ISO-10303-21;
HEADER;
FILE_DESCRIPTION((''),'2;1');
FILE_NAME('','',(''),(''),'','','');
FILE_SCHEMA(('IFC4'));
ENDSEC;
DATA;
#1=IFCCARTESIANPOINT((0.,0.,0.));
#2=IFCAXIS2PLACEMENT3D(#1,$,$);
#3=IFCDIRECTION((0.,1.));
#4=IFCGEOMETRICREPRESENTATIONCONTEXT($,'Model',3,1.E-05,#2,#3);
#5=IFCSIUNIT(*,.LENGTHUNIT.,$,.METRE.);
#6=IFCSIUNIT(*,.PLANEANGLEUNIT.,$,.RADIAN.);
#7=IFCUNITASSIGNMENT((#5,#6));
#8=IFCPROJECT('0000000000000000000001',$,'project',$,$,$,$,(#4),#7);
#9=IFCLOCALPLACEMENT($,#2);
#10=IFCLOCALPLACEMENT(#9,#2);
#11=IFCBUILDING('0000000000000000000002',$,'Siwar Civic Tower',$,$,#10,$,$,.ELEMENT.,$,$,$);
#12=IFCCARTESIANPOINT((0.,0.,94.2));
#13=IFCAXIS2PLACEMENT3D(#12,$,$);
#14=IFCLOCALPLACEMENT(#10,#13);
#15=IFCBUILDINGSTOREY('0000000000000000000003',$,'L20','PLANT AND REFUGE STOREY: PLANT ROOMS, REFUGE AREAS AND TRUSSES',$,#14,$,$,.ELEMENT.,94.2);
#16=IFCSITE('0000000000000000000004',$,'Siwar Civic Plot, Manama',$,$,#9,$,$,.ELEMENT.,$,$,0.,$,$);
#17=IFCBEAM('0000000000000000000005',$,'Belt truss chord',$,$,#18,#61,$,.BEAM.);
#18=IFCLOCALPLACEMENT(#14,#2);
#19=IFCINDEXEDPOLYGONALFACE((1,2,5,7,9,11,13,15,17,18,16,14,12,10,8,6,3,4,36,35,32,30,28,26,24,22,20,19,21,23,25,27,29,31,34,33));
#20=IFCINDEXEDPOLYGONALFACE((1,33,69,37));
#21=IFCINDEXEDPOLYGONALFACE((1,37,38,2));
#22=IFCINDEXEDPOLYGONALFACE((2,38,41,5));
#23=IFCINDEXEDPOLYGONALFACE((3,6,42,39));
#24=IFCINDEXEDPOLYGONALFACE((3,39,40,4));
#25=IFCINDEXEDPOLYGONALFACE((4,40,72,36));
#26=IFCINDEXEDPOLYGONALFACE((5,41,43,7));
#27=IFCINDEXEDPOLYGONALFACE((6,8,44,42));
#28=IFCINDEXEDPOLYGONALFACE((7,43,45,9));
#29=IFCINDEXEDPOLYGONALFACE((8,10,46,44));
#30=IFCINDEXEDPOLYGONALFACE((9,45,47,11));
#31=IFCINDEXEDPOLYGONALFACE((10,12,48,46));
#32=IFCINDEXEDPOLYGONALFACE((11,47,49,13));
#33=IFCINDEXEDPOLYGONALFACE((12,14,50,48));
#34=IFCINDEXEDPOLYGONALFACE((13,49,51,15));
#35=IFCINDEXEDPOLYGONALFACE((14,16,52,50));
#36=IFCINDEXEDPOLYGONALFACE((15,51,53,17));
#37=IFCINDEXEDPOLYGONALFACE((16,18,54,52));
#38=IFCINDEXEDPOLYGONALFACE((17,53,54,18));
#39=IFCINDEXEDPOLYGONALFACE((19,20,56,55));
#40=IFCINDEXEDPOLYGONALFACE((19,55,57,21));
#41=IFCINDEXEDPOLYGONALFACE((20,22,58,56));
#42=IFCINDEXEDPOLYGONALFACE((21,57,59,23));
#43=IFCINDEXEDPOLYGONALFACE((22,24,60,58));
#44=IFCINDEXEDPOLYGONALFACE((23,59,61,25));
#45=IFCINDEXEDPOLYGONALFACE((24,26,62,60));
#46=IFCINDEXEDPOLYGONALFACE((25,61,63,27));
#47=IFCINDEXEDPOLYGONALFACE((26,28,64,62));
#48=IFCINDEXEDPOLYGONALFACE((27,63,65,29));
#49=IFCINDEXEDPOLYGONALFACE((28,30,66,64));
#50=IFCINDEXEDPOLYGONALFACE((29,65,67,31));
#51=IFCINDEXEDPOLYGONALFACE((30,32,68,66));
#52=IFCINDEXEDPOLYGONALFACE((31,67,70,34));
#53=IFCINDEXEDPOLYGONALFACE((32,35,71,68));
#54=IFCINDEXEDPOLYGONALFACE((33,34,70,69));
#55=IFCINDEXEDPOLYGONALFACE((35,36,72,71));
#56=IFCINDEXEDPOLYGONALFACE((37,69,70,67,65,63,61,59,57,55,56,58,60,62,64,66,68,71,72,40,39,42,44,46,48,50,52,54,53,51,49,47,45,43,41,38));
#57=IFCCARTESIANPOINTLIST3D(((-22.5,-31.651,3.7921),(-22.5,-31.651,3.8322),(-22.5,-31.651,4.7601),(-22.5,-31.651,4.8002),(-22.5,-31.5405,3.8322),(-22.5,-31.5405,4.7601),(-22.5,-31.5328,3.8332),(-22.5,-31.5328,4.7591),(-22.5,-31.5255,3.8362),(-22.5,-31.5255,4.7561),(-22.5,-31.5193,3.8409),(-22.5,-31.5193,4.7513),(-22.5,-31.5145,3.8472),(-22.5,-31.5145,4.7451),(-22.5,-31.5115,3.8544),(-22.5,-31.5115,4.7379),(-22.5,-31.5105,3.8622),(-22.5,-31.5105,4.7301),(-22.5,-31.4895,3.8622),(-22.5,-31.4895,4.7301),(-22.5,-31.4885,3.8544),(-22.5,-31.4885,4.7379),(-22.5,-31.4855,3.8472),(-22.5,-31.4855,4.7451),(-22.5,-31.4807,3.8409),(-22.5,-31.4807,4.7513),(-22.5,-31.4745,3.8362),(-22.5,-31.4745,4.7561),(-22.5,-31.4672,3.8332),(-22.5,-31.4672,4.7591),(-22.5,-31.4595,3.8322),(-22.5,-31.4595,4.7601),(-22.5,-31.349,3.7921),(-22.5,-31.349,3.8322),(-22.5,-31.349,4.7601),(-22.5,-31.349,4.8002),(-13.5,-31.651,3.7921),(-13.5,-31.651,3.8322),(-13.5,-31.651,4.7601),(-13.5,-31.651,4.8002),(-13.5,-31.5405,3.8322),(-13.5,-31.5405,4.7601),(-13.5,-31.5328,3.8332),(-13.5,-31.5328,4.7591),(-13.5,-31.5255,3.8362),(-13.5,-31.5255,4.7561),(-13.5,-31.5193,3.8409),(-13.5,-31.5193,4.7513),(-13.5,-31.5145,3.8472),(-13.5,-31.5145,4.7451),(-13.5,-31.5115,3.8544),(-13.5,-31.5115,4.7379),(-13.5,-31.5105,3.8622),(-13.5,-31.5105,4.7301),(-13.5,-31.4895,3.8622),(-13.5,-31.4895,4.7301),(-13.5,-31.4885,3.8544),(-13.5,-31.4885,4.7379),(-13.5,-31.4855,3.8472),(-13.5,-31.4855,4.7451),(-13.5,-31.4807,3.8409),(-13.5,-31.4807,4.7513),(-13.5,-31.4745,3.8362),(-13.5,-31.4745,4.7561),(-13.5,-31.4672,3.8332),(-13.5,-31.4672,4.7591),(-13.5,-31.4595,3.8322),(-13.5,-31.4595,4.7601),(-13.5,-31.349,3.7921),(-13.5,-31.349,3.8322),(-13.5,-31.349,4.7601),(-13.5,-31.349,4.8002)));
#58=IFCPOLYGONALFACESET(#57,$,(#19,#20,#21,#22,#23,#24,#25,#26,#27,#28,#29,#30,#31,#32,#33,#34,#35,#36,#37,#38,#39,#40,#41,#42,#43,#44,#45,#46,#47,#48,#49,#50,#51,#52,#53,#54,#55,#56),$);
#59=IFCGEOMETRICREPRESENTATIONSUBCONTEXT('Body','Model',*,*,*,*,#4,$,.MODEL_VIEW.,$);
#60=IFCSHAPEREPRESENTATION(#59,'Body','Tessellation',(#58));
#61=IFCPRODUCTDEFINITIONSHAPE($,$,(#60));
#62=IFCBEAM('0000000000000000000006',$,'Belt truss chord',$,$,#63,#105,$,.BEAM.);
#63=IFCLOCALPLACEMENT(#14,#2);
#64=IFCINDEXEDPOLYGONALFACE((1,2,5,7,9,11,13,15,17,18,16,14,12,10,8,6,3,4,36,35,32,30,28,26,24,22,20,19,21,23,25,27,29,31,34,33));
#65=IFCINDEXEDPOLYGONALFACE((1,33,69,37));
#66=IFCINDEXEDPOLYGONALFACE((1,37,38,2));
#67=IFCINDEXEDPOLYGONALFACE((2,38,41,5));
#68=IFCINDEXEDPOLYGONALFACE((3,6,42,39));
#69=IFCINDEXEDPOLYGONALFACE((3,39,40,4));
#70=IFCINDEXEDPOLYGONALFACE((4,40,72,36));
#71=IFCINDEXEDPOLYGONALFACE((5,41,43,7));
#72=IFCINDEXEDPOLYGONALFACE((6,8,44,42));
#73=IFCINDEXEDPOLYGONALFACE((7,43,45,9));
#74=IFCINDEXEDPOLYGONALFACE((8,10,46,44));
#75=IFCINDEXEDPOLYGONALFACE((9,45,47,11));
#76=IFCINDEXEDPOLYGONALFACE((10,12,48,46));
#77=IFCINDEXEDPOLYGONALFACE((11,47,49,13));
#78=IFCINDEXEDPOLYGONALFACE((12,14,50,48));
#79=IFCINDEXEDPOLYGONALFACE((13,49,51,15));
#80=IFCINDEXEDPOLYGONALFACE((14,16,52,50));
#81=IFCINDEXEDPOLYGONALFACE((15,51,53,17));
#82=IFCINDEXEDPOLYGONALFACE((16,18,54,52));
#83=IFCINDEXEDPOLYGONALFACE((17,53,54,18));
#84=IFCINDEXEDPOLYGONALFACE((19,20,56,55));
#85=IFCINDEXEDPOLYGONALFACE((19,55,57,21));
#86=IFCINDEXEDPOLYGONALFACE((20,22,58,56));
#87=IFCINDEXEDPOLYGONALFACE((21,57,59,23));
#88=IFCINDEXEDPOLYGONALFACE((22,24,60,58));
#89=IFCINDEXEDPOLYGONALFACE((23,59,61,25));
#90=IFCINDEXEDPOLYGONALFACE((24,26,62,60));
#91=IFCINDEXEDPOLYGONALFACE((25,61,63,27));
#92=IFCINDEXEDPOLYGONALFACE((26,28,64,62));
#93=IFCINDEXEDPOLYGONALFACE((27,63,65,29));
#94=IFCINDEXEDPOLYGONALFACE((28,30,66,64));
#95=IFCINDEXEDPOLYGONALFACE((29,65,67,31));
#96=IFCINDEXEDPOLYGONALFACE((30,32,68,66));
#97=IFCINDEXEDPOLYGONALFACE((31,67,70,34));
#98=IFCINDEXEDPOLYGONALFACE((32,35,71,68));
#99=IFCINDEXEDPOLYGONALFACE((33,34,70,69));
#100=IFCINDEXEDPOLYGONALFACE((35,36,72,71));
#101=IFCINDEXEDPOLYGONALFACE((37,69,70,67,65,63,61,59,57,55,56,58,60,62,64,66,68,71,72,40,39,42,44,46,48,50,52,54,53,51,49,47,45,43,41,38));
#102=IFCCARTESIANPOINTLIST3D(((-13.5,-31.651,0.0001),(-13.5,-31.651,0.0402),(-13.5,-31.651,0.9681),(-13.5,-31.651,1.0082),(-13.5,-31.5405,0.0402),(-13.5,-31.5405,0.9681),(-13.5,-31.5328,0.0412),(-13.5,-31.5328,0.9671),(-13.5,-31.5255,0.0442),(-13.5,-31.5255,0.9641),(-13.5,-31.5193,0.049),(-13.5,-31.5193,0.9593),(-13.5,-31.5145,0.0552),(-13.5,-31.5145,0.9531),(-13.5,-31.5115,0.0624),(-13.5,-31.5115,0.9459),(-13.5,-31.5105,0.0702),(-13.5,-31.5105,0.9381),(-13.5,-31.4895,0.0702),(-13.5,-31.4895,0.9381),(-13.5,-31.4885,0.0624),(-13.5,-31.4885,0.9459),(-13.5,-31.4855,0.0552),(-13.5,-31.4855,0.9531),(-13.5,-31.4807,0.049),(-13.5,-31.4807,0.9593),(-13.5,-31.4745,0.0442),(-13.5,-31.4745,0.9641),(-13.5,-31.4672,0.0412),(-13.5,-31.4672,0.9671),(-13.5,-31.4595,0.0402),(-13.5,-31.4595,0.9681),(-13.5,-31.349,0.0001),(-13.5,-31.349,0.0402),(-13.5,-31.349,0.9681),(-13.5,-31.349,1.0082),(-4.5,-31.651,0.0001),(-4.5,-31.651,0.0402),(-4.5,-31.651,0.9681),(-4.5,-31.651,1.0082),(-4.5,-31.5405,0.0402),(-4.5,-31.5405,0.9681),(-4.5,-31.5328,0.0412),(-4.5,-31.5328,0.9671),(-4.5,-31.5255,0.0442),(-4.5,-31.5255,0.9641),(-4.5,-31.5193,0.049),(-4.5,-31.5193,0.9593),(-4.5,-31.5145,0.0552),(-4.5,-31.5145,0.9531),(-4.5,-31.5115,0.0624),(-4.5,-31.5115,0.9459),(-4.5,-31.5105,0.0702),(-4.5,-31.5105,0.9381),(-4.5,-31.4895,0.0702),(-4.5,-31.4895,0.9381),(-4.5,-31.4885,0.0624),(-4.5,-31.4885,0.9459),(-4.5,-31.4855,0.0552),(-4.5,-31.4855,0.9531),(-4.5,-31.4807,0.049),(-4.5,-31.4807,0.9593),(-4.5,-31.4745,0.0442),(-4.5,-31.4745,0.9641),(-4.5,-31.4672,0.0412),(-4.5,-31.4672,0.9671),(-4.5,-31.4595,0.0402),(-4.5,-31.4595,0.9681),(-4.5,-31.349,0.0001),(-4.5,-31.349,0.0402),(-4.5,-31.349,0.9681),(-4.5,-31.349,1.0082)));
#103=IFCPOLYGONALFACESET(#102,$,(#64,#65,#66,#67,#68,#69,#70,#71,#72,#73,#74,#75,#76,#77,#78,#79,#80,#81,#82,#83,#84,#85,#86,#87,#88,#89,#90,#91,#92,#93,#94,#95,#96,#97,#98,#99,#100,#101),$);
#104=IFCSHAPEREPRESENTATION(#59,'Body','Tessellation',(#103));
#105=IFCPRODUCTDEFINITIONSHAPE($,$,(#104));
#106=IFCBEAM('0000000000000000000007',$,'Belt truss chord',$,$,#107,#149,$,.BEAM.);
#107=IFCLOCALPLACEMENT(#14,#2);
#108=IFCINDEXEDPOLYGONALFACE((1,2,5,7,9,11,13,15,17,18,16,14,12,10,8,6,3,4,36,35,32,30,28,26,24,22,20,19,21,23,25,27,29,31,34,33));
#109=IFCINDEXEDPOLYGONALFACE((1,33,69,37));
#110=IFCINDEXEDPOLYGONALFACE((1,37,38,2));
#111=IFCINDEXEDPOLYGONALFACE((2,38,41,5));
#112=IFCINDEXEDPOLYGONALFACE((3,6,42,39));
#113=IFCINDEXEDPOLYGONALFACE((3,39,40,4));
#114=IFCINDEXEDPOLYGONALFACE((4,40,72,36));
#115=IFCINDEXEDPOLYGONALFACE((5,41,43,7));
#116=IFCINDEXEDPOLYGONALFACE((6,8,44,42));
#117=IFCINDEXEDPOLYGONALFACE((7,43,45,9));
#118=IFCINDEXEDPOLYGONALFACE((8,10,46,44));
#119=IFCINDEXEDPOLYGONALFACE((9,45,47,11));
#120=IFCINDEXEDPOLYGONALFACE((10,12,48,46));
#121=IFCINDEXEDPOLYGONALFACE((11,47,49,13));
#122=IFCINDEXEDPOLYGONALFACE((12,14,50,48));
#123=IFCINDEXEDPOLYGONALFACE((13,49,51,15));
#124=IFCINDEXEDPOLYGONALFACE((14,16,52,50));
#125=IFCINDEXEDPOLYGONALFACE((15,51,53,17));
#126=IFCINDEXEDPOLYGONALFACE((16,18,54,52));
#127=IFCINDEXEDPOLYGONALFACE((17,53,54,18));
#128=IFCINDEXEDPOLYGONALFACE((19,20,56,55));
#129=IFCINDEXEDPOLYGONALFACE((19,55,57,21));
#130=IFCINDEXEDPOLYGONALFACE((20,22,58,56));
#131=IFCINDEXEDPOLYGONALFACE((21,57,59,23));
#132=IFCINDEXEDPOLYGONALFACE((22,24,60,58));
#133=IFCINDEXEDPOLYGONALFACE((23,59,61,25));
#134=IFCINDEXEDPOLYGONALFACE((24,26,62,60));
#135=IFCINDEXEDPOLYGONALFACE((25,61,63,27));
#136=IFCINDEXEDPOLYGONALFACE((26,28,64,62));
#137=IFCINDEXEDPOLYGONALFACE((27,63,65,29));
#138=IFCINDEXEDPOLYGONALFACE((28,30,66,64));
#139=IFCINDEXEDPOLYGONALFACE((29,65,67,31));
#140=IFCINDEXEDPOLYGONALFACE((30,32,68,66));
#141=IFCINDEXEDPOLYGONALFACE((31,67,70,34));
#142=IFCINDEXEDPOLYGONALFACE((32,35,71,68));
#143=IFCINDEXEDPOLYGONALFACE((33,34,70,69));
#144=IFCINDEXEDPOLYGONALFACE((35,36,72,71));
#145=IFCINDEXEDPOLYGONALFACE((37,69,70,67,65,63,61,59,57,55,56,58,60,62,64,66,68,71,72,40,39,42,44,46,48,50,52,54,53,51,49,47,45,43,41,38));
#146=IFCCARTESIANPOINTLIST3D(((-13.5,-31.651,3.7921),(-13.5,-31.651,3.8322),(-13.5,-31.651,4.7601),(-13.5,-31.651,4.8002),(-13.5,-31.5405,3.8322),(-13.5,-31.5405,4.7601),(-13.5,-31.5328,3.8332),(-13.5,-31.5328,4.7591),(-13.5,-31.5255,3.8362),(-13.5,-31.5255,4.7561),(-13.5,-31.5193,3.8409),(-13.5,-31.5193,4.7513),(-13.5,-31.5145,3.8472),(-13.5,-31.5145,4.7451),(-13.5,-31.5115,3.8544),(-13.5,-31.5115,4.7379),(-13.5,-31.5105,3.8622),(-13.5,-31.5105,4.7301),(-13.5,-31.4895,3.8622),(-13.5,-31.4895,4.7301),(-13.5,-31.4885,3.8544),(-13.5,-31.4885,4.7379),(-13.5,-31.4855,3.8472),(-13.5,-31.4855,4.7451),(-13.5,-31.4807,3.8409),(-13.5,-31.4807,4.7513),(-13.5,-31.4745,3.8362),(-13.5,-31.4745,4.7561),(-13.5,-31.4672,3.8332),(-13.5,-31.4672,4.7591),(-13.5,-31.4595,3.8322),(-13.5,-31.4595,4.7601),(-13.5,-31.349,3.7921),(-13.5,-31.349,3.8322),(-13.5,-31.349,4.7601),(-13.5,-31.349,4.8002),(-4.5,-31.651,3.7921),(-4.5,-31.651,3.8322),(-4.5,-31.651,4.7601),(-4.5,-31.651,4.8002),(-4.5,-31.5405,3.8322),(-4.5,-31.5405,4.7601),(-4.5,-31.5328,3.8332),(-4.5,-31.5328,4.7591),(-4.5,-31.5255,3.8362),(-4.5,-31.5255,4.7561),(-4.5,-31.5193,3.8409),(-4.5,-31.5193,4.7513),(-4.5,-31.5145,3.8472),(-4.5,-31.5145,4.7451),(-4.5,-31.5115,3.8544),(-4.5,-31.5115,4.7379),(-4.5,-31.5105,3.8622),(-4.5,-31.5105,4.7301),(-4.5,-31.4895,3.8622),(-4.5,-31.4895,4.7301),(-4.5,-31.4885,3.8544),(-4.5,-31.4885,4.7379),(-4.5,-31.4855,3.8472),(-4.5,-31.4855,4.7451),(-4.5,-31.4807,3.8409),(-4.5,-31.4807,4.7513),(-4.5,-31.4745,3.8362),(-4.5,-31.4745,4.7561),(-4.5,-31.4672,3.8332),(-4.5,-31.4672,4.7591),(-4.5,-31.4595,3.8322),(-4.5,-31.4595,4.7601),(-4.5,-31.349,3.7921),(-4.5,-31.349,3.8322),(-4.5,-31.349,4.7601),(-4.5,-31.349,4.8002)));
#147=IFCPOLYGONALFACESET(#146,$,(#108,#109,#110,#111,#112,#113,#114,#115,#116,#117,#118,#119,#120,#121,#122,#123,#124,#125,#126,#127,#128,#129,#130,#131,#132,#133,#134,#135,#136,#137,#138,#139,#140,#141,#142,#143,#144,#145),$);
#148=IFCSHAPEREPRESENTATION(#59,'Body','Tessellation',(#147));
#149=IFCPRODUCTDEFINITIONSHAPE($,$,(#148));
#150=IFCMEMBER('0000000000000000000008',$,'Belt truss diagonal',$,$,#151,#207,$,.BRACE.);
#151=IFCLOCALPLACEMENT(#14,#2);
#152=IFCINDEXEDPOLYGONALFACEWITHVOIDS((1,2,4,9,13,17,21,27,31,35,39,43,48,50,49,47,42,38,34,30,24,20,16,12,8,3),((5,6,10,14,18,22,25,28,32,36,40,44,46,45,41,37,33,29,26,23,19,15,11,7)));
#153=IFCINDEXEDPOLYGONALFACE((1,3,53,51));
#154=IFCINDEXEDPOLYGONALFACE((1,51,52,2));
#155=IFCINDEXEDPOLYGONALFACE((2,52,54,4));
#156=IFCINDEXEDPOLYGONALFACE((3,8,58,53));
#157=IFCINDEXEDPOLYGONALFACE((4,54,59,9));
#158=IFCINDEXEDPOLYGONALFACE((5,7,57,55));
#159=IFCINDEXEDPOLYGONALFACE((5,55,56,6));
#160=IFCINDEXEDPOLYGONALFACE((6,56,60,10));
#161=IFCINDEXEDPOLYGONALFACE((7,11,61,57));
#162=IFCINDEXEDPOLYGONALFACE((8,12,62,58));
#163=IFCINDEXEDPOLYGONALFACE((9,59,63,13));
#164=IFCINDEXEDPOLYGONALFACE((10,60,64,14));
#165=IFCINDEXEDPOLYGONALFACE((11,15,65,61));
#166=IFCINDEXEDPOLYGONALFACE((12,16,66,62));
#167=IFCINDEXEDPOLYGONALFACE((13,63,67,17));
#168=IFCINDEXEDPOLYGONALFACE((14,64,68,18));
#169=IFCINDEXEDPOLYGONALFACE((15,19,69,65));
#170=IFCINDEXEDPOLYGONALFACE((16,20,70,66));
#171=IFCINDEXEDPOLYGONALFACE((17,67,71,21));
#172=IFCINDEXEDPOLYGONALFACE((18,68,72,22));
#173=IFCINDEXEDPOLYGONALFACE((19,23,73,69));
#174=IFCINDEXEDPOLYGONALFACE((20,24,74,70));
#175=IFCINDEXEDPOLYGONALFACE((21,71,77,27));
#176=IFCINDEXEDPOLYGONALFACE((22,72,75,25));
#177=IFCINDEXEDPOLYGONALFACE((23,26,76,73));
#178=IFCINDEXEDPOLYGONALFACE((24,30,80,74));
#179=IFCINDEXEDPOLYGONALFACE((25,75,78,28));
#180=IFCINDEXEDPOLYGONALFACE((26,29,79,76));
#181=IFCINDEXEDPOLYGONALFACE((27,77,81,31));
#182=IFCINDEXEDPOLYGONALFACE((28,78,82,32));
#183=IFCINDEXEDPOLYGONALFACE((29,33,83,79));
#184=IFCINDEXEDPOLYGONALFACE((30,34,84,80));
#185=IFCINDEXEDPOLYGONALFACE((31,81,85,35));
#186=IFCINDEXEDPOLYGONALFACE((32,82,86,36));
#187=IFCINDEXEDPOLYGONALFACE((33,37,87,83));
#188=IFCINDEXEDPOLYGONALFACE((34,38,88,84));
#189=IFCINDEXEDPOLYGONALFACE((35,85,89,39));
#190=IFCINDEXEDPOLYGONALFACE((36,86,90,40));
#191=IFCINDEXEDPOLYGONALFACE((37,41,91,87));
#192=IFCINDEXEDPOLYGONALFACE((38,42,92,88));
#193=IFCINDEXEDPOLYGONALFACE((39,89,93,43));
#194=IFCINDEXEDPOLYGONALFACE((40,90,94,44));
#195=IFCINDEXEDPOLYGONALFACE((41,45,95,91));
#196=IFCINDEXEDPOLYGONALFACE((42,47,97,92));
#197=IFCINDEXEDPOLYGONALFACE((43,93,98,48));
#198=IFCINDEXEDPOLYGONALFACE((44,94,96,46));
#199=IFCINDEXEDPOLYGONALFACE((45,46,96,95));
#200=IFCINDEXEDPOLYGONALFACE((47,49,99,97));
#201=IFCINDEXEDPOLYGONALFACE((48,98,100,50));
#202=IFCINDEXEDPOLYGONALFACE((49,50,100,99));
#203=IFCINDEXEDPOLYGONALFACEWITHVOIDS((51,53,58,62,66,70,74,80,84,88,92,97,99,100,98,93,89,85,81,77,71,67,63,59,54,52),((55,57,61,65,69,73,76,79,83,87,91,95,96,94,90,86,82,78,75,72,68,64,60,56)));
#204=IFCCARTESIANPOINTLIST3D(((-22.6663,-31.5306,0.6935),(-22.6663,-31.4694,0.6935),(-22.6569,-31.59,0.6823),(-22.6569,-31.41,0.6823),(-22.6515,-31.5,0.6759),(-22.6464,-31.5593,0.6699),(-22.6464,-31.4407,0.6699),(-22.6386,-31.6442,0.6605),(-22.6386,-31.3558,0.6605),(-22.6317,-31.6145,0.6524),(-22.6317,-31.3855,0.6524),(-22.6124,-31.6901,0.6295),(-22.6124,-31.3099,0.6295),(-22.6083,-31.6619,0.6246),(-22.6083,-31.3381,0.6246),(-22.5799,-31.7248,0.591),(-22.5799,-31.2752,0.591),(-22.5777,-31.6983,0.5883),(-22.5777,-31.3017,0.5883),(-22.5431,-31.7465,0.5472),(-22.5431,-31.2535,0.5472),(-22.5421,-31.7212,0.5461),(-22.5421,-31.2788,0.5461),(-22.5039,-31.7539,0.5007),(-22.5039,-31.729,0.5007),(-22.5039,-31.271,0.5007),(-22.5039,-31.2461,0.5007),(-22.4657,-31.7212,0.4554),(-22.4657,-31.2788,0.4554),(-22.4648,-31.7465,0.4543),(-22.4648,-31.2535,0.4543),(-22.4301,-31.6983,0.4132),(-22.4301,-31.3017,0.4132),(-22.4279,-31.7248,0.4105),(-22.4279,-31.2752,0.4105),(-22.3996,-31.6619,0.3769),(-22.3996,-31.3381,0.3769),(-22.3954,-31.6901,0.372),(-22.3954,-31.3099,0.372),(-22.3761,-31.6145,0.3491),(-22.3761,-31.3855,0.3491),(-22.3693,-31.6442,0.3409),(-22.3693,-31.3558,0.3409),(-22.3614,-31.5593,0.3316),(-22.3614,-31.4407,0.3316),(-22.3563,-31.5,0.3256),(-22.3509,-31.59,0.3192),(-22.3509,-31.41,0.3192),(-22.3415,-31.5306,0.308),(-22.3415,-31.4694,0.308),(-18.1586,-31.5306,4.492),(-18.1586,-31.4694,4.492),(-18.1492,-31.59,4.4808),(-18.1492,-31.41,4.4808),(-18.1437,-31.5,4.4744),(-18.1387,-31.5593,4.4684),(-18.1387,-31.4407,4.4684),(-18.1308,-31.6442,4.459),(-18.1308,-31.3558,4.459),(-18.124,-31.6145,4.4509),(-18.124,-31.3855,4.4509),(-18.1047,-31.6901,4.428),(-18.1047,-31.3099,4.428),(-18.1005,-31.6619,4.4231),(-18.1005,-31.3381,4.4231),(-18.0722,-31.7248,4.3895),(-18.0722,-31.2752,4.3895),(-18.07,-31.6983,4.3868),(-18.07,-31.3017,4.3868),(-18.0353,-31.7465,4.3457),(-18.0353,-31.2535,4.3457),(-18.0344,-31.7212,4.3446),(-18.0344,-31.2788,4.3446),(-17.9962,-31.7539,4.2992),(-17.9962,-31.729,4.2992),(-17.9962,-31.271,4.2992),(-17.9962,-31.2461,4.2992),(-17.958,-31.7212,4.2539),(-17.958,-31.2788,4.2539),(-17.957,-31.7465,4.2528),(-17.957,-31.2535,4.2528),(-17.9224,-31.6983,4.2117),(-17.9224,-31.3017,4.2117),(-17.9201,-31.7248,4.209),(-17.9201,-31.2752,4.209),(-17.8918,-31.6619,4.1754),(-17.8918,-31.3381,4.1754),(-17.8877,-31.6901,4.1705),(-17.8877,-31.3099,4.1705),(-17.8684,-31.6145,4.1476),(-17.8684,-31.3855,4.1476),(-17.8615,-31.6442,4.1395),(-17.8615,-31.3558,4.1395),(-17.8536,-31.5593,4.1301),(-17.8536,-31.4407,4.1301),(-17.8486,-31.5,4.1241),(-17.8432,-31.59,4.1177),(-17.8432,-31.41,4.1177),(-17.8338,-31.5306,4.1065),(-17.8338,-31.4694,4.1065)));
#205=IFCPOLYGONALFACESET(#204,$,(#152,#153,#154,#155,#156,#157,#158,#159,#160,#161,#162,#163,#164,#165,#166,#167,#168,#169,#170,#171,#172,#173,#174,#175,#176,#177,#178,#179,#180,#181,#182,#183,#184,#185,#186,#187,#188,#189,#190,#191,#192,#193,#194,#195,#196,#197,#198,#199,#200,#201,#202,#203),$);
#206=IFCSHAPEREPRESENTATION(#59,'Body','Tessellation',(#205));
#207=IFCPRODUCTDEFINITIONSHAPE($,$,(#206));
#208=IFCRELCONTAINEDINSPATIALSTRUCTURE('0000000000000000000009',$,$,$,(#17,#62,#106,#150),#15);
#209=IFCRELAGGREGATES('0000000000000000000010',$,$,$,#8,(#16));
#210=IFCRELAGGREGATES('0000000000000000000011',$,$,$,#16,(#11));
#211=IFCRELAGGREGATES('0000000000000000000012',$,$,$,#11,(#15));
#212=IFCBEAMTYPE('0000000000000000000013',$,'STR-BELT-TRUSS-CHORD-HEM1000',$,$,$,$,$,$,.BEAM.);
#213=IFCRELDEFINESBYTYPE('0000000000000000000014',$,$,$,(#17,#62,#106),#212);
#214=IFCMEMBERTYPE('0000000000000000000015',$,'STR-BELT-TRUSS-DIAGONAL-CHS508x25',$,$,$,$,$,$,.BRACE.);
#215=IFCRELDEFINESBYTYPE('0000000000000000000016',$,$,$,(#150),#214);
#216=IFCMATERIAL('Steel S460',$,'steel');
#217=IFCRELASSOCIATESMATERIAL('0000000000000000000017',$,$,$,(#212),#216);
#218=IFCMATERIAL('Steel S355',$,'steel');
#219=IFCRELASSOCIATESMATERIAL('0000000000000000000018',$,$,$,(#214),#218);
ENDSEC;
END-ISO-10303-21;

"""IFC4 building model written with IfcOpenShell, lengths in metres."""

from ifc_helpers import new_model, si_unit, direction, frame, origin, origin_2d, place, context, subcontext, project, spatial, hollow_circle, i_section, extrude, material, material_profile, profile_set, type_object, element, save


model = new_model("IFC4")

# Units and contexts
model_context = context("Model", 3, precision=1e-05, world=origin(), true_north=direction((0.0, 1.0)))
body_context = subcontext(model_context, "Body", "Model", "MODEL_VIEW")
ifc_project = project(units=[si_unit("LENGTHUNIT", "METRE"), si_unit("PLANEANGLEUNIT", "RADIAN")], contexts=[model_context])

# Site, building, storey
site_placement = place(None, origin())
site = spatial("IfcSite", under=ifc_project, at=site_placement, Name="Siwar Civic Plot, Manama", CompositionType="ELEMENT", RefElevation=0.0)
building_placement = place(site_placement, origin())
building = spatial("IfcBuilding", under=site, at=building_placement, Name="Siwar Civic Tower", CompositionType="ELEMENT")
storey_placement = place(building_placement, frame((0.0, 0.0, 94.2)))
storey = spatial("IfcBuildingStorey", under=building, at=storey_placement, Name="L20", Description="PLANT AND REFUGE STOREY: PLANT ROOMS, REFUGE AREAS AND TRUSSES", CompositionType="ELEMENT", Elevation=94.2)

# Beams
ifc_material_1 = material(Name="Steel S460", Category="steel")
ifc_material_profile_1 = material_profile(ifc_material_1, i_section(OverallWidth=0.302, OverallDepth=1.0081, WebThickness=0.021, FlangeThickness=0.04, FilletRadius=0.03, at=origin_2d()), Name="HEM1000")
ifc_profile_set_1 = profile_set([ifc_material_profile_1], Name="Steel S460")
beam_type_1 = type_object("IfcBeamType", Name="STR-BELT-TRUSS-CHORD-HEM1000", PredefinedType="BEAM", material=ifc_profile_set_1)
for number, where, z_axis, x_axis, name in (
    (1, (-22.5, -31.5, 4.2961), (1.0, 0.0, 0.0), (0.0, 1.0, 0.0), "Belt truss chord"),
    (2, (-13.5, -31.5, 0.5042), (1.0, 0.0, 0.0), (0.0, 1.0, 0.0), "Belt truss chord"),
    (3, (-13.5, -31.5, 4.2961), (1.0, 0.0, 0.0), (0.0, 1.0, 0.0), "Belt truss chord"),
):
    element("IfcBeam", number, at=place(storey_placement, frame(where, z_axis=z_axis, x_axis=x_axis)), inside=storey, type_object=beam_type_1, Name=name, PredefinedType="BEAM", context=body_context, shape_type="SweptSolid", body=[
        extrude(i_section(OverallWidth=0.302, OverallDepth=1.0081, WebThickness=0.021, FlangeThickness=0.04, FilletRadius=0.03, at=origin_2d()), origin(), (0.0, 0.0, 1.0), 9.0),
    ])

# Member
ifc_material_2 = material(Name="Steel S355", Category="steel")
ifc_material_profile_2 = material_profile(ifc_material_2, hollow_circle(Radius=0.2539, WallThickness=0.0249, at=origin_2d()), Name="CHS508x25")
ifc_profile_set_2 = profile_set([ifc_material_profile_2], Name="Steel S355")
member_type_1 = type_object("IfcMemberType", Name="STR-BELT-TRUSS-DIAGONAL-CHS508x25", PredefinedType="BRACE", material=ifc_profile_set_2)
member_1_placement = place(storey_placement, frame((-22.5039, -31.5, 0.5007), z_axis=(0.7647, 0.0, 0.644387), x_axis=(0.0, 1.0, 0.0)))
element("IfcMember", 4, at=member_1_placement, inside=storey, type_object=member_type_1, Name="Belt truss diagonal", PredefinedType="BRACE", context=body_context, shape_type="SweptSolid", body=[
    extrude(hollow_circle(Radius=0.2539, WallThickness=0.0249, at=origin_2d()), origin(), (0.0, 0.0, 1.0), 5.8948),
])

save(model, "model.ifc")
